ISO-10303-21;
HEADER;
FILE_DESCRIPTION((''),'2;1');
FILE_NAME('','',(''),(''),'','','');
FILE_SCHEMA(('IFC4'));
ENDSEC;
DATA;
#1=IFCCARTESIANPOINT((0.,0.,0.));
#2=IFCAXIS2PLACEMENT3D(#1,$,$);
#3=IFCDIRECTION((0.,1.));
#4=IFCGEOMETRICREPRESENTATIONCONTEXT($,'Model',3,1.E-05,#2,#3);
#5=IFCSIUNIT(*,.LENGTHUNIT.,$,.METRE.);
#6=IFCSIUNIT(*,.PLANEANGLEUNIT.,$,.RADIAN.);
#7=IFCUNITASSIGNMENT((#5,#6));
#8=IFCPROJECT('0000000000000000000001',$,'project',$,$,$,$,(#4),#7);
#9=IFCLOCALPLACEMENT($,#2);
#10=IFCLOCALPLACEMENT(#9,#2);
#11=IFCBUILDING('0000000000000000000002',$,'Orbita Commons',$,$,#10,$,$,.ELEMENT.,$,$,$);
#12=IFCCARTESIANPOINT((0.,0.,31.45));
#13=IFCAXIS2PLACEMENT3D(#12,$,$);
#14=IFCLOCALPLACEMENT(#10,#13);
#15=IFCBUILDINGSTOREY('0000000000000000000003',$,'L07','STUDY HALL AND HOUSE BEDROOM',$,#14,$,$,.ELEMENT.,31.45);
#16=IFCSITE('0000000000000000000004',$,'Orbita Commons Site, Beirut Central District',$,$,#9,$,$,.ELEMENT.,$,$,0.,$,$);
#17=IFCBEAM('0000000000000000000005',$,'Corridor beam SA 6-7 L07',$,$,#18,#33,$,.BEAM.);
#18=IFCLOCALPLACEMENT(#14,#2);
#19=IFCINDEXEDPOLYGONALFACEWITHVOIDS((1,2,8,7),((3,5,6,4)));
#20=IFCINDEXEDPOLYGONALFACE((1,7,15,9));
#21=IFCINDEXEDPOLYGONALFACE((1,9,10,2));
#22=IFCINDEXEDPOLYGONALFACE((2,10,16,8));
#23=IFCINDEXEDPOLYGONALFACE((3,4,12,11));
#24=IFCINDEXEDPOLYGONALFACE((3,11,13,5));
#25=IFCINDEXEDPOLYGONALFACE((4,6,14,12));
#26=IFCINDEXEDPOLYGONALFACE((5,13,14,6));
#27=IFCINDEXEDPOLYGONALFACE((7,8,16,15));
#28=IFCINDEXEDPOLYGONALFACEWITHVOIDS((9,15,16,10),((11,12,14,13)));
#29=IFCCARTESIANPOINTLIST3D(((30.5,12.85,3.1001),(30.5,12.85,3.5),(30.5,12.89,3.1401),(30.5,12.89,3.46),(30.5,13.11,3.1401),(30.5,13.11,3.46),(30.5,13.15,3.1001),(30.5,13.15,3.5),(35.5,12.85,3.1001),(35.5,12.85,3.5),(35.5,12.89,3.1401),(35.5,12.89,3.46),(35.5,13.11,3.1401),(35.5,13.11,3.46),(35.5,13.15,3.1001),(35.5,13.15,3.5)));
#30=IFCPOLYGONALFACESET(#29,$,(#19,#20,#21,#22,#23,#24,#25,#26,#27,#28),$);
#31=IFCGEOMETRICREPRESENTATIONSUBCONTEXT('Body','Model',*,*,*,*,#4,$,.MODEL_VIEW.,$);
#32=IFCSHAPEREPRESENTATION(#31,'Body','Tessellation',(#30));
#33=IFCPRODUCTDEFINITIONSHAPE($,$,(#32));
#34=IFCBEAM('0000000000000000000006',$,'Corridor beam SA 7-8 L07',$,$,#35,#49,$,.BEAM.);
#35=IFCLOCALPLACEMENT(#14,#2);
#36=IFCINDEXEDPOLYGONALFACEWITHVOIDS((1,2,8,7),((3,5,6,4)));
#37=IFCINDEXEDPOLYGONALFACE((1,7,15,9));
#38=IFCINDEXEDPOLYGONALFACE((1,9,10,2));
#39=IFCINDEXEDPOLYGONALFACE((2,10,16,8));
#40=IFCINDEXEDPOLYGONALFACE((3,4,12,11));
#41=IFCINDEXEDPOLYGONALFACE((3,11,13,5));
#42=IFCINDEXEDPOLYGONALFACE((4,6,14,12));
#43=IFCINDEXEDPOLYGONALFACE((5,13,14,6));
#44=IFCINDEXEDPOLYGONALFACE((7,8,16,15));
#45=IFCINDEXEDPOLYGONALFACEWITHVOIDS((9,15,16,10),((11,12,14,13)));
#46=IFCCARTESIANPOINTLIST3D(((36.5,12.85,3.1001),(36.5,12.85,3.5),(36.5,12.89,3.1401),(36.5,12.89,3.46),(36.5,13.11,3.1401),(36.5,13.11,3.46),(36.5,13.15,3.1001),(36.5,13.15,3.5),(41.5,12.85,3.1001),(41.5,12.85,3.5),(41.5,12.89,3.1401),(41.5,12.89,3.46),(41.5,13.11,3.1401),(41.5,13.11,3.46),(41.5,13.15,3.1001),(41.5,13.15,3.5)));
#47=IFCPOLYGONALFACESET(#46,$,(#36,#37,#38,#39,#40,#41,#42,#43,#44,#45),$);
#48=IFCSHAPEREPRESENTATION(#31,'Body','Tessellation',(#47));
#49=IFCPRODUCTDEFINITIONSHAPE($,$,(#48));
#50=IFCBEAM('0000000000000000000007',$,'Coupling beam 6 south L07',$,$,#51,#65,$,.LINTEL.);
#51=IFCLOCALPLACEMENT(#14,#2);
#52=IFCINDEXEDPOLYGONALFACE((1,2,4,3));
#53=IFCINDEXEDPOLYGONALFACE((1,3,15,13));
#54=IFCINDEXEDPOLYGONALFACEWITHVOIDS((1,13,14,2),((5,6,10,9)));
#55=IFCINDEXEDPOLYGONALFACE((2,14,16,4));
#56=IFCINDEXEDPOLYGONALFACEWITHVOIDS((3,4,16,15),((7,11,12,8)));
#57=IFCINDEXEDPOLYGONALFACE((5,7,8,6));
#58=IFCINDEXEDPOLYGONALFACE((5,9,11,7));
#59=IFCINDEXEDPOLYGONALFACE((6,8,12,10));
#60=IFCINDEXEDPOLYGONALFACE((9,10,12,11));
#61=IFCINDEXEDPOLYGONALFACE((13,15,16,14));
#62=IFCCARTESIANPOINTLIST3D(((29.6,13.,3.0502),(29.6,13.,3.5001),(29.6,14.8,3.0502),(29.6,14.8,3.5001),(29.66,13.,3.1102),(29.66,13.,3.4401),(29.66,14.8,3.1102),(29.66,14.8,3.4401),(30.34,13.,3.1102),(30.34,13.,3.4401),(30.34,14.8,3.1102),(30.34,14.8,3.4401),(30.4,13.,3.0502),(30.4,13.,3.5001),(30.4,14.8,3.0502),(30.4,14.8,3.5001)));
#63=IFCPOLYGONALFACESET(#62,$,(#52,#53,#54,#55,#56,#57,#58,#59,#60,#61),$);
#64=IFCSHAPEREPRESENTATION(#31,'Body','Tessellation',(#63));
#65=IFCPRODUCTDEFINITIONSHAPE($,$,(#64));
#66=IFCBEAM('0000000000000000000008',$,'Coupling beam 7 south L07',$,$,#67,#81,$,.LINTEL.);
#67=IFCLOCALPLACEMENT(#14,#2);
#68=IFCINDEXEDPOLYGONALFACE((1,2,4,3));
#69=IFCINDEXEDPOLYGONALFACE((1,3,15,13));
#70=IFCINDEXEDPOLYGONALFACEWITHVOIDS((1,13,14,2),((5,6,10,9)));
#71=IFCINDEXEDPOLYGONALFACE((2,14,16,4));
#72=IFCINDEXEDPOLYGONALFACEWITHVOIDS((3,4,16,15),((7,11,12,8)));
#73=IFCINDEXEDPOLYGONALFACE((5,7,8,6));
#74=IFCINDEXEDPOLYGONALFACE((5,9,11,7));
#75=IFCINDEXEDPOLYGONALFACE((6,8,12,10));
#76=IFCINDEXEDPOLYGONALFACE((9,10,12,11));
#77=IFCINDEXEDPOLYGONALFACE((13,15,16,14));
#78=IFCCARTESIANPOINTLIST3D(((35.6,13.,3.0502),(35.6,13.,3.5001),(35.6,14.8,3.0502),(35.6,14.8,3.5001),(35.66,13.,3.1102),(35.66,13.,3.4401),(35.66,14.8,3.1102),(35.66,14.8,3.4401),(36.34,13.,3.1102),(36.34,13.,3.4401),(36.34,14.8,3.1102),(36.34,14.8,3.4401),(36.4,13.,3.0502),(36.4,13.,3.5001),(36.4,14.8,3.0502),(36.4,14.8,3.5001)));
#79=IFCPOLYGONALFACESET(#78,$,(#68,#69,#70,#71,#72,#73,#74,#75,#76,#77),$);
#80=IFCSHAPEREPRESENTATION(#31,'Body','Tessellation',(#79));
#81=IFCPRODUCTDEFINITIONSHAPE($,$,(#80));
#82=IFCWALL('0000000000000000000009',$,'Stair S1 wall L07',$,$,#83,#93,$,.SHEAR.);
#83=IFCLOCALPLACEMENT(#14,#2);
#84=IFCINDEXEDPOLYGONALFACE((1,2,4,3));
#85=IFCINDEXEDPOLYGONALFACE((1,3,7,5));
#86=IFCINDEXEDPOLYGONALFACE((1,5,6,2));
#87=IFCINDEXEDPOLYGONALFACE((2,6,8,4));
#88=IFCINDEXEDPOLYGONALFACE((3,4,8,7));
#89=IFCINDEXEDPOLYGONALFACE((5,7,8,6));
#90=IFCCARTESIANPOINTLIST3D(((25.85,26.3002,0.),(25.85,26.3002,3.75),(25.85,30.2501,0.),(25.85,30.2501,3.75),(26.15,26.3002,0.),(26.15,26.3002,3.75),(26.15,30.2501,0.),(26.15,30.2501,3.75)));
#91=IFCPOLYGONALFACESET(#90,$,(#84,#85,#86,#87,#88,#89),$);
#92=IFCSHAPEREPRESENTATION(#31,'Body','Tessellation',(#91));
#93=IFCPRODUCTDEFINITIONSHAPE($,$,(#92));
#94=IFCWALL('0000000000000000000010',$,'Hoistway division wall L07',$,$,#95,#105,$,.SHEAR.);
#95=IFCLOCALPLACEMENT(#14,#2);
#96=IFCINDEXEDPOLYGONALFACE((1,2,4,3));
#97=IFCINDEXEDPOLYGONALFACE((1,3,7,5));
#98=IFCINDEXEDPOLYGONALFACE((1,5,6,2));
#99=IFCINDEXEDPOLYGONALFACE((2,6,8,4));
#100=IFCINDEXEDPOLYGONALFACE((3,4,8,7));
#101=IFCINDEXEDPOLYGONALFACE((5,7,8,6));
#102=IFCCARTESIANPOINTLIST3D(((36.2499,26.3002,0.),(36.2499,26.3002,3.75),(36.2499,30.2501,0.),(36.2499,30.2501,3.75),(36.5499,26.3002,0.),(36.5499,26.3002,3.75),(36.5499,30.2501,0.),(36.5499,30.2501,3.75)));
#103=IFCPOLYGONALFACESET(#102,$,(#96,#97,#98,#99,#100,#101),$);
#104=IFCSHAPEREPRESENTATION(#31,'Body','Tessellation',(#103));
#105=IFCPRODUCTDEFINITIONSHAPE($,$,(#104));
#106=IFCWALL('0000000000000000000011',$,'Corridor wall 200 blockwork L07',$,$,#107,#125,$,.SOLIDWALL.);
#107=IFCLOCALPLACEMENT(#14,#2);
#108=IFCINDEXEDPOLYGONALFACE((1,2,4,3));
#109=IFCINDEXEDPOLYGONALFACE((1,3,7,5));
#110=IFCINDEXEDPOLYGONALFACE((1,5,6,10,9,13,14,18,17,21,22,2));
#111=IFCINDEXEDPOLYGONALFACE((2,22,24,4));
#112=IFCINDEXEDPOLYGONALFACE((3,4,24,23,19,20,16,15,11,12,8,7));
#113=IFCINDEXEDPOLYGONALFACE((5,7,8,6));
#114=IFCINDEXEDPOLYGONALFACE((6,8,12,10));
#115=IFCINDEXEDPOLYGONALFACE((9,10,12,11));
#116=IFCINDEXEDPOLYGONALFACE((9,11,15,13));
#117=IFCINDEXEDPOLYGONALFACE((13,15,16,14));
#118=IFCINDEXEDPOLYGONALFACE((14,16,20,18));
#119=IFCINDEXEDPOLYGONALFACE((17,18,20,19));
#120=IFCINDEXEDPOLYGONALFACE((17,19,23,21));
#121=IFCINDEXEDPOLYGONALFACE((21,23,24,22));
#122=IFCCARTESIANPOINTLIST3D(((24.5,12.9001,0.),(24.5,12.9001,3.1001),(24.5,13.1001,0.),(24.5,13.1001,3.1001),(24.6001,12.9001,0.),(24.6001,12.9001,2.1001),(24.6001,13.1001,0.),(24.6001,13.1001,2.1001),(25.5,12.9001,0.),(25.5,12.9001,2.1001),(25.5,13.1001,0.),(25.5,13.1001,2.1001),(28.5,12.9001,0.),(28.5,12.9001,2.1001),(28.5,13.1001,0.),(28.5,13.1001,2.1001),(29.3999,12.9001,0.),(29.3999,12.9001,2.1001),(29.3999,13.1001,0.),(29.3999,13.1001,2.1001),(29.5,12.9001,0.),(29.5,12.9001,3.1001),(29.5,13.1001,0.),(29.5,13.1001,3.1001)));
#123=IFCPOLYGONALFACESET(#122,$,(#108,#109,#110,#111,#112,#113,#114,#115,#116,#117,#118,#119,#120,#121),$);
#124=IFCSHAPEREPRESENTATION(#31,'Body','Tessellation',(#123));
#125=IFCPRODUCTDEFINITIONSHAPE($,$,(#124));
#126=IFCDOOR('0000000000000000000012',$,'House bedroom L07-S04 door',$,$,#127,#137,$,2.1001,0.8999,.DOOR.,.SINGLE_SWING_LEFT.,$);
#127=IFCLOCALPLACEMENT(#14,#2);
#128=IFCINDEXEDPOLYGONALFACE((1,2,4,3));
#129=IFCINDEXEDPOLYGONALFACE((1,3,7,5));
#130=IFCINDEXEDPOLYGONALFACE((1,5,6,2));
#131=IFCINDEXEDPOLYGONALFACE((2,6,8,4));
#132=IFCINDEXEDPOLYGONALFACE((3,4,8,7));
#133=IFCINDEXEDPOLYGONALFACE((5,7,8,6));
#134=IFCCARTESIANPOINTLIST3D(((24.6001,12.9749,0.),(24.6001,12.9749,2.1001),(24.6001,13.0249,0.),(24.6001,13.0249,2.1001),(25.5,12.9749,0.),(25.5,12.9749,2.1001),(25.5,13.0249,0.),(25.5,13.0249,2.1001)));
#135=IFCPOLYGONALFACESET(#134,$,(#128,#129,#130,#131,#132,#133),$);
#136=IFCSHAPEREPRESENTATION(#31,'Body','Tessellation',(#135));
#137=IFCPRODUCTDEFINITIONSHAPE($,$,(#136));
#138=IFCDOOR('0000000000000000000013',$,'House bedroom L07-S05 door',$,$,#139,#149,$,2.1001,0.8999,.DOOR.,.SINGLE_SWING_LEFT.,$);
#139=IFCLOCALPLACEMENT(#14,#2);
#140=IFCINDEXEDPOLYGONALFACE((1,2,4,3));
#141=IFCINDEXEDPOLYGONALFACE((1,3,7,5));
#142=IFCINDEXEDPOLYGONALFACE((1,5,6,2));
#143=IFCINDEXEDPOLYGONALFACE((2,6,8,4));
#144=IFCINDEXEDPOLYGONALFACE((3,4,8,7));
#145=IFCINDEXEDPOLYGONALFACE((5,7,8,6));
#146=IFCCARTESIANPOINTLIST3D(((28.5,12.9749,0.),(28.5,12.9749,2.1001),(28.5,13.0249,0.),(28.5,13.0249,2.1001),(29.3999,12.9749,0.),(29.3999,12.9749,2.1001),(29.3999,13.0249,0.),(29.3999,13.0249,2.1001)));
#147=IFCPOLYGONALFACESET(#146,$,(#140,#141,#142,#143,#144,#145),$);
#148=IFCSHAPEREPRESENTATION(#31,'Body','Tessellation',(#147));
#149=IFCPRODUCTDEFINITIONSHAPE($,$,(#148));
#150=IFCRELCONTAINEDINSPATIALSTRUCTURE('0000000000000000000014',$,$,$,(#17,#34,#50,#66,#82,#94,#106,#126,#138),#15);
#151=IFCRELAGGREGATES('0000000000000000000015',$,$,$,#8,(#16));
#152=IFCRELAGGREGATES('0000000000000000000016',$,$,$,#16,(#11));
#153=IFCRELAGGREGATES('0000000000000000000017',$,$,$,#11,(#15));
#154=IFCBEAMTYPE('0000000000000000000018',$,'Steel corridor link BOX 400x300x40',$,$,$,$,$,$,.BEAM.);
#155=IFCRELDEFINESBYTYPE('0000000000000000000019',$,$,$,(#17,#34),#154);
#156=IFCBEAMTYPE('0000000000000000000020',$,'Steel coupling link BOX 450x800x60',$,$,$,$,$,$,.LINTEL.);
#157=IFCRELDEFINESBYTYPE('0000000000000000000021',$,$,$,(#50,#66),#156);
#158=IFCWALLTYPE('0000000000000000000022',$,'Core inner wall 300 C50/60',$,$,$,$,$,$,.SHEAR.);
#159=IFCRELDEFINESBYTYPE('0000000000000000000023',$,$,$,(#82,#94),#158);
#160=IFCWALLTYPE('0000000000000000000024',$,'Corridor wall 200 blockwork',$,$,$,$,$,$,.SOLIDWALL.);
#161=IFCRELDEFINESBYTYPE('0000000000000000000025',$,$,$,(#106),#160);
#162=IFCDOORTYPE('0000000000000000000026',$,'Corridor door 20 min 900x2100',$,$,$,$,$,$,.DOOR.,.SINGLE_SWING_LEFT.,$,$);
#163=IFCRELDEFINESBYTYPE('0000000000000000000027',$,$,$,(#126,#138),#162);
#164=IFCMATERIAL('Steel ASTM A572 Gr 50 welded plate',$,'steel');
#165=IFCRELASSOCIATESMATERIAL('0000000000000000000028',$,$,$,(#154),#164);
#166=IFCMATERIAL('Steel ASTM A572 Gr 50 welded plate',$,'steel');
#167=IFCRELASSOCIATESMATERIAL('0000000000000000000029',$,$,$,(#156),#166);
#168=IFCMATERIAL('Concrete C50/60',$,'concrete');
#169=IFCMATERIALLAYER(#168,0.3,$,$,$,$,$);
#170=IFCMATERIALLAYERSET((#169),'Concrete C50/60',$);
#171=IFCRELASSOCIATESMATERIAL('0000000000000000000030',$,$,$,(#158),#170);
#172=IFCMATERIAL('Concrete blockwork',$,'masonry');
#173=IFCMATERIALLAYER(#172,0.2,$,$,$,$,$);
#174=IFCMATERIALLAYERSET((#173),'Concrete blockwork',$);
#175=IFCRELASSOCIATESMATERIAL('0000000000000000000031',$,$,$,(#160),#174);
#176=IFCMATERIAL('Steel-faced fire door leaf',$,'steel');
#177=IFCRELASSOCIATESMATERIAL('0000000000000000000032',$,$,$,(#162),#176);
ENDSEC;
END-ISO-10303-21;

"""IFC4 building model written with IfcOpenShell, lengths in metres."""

from ifc_helpers import new_model, si_unit, direction, frame, frame_2d, origin, origin_2d, place, context, subcontext, project, spatial, polyline, rectangle, hollow_rectangle, outline, extrude, material, layer, layer_set, material_profile, profile_set, type_object, element, fill, save


model = new_model("IFC4")

# Units and contexts
model_context = context("Model", 3, precision=1e-05, world=origin(), true_north=direction((0.0, 1.0)))
body_context = subcontext(model_context, "Body", "Model", "MODEL_VIEW")
ifc_project = project(units=[si_unit("LENGTHUNIT", "METRE"), si_unit("PLANEANGLEUNIT", "RADIAN")], contexts=[model_context])

# Site, building, storey
site_placement = place(None, origin())
site = spatial("IfcSite", under=ifc_project, at=site_placement, Name="Orbita Commons Site, Beirut Central District", CompositionType="ELEMENT", RefElevation=0.0)
building_placement = place(site_placement, origin())
building = spatial("IfcBuilding", under=site, at=building_placement, Name="Orbita Commons", CompositionType="ELEMENT")
storey_placement = place(building_placement, frame((0.0, 0.0, 31.45)))
storey = spatial("IfcBuildingStorey", under=building, at=storey_placement, Name="L07", Description="STUDY HALL AND HOUSE BEDROOM", CompositionType="ELEMENT", Elevation=31.45)

# Beams
ifc_material_1 = material(Name="Steel ASTM A572 Gr 50 welded plate", Category="steel")
ifc_material_profile_1 = material_profile(ifc_material_1, hollow_rectangle(XDim=0.3, YDim=0.3999, WallThickness=0.04, at=origin_2d()), Name="BOX 400x300x40")
ifc_profile_set_1 = profile_set([ifc_material_profile_1], Name="Steel ASTM A572 Gr 50 welded plate")
beam_type_1 = type_object("IfcBeamType", Name="Steel corridor link BOX 400x300x40", PredefinedType="BEAM", material=ifc_profile_set_1)
for number, where, z_axis, x_axis, name in (
    (1, (30.5, 13.0, 3.3), (1.0, 0.0, 0.0), (0.0, 1.0, 0.0), "Corridor beam SA 6-7 L07"),
    (2, (36.5, 13.0, 3.3), (1.0, 0.0, 0.0), (0.0, 1.0, 0.0), "Corridor beam SA 7-8 L07"),
):
    element("IfcBeam", number, at=place(storey_placement, frame(where, z_axis=z_axis, x_axis=x_axis)), inside=storey, type_object=beam_type_1, Name=name, PredefinedType="BEAM", context=body_context, shape_type="SweptSolid", body=[
        extrude(hollow_rectangle(XDim=0.3, YDim=0.3999, WallThickness=0.04, at=origin_2d()), origin(), (0.0, 0.0, 1.0), 5.0),
    ])
ifc_material_2 = material(Name="Steel ASTM A572 Gr 50 welded plate", Category="steel")
ifc_material_profile_2 = material_profile(ifc_material_2, hollow_rectangle(XDim=0.8, YDim=0.45, WallThickness=0.0601, at=origin_2d()), Name="BOX 450x800x60")
ifc_profile_set_2 = profile_set([ifc_material_profile_2], Name="Steel ASTM A572 Gr 50 welded plate")
beam_type_2 = type_object("IfcBeamType", Name="Steel coupling link BOX 450x800x60", PredefinedType="LINTEL", material=ifc_profile_set_2)
for number, where, z_axis, x_axis, name in (
    (3, (30.0, 13.0, 3.2751), (0.0, 1.0, 0.0), (-1.0, 0.0, 0.0), "Coupling beam 6 south L07"),
    (4, (36.0, 13.0, 3.2751), (0.0, 1.0, 0.0), (-1.0, 0.0, 0.0), "Coupling beam 7 south L07"),
):
    element("IfcBeam", number, at=place(storey_placement, frame(where, z_axis=z_axis, x_axis=x_axis)), inside=storey, type_object=beam_type_2, Name=name, PredefinedType="LINTEL", context=body_context, shape_type="SweptSolid", body=[
        extrude(hollow_rectangle(XDim=0.8, YDim=0.45, WallThickness=0.0601, at=origin_2d()), origin(), (0.0, 0.0, 1.0), 1.8),
    ])

# Walls
ifc_material_3 = material(Name="Concrete C50/60", Category="concrete")
ifc_layer_1 = layer(ifc_material_3, 0.3)
ifc_layer_set_1 = layer_set([ifc_layer_1], Name="Concrete C50/60")
wall_type_1 = type_object("IfcWallType", Name="Core inner wall 300 C50/60", PredefinedType="SHEAR", material=ifc_layer_set_1)
for number, where, z_axis, x_axis, name in (
    (5, (26.0, 26.3, 0.0), (0.0, 0.0, 1.0), (0.0, 1.0, 0.0), "Stair S1 wall L07"),
    (6, (36.3999, 26.3, 0.0), (0.0, 0.0, 1.0), (0.0, 1.0, 0.0), "Hoistway division wall L07"),
):
    element("IfcWall", number, at=place(storey_placement, frame(where, z_axis=z_axis, x_axis=x_axis)), inside=storey, type_object=wall_type_1, Name=name, PredefinedType="SHEAR", context=body_context, shape_type="SweptSolid", body=[
        extrude(rectangle(XDim=3.95, YDim=0.3, at=frame_2d((1.9751, 0.0))), origin(), (0.0, 0.0, 1.0), 3.75),
    ])

# Wall, openings, doors
ifc_material_4 = material(Name="Concrete blockwork", Category="masonry")
ifc_layer_2 = layer(ifc_material_4, 0.2)
ifc_layer_set_2 = layer_set([ifc_layer_2], Name="Concrete blockwork")
wall_type_2 = type_object("IfcWallType", Name="Corridor wall 200 blockwork", PredefinedType="SOLIDWALL", material=ifc_layer_set_2)
wall_1_placement = place(storey_placement, frame((24.5, 13.0, 0.0), z_axis=(0.0, 0.0, 1.0), x_axis=(1.0, 0.0, 0.0)))
wall_1 = element("IfcWall", 7, at=wall_1_placement, inside=storey, type_object=wall_type_2, Name="Corridor wall 200 blockwork L07", PredefinedType="SOLIDWALL", context=body_context, shape_type="SweptSolid", body=[
    extrude(outline(polyline([(0.0, 0.0), (5.0, 0.0), (5.0, 3.1001), (0.0, 3.1001), (0.0, 0.0)])), frame((0.0, 0.1001, 0.0), z_axis=(0.0, -1.0, 0.0), x_axis=(1.0, 0.0, 0.0)), (0.0, 0.0, 1.0), 0.2),
])
opening_1_placement = place(wall_1_placement, frame((0.1001, 0.0, 0.0)))
opening_1 = element("IfcOpeningElement", 8, at=opening_1_placement, cuts=wall_1, PredefinedType="OPENING", context=body_context, shape_type="SweptSolid", body=[
    extrude(rectangle(XDim=0.8999, YDim=2.1001, at=frame_2d((0.45, 1.05))), frame((0.0, 0.1099, 0.0), z_axis=(0.0, -1.0, 0.0), x_axis=(1.0, 0.0, 0.0)), (0.0, 0.0, 1.0), 0.22),
])
opening_2_placement = place(wall_1_placement, frame((4.0, 0.0, 0.0)))
opening_2 = element("IfcOpeningElement", 9, at=opening_2_placement, cuts=wall_1, PredefinedType="OPENING", context=body_context, shape_type="SweptSolid", body=[
    extrude(rectangle(XDim=0.8999, YDim=2.1001, at=frame_2d((0.45, 1.05))), frame((0.0, 0.1099, 0.0), z_axis=(0.0, -1.0, 0.0), x_axis=(1.0, 0.0, 0.0)), (0.0, 0.0, 1.0), 0.22),
])
ifc_material_5 = material(Name="Steel-faced fire door leaf", Category="steel")
door_type_1 = type_object("IfcDoorType", Name="Corridor door 20 min 900x2100", OperationType="SINGLE_SWING_LEFT", PredefinedType="DOOR", material=ifc_material_5)
door_1_placement = place(opening_1_placement, origin())
door_1 = element("IfcDoor", 10, at=door_1_placement, inside=storey, type_object=door_type_1, Name="House bedroom L07-S04 door", OperationType="SINGLE_SWING_LEFT", OverallHeight=2.1001, OverallWidth=0.8999, PredefinedType="DOOR", context=body_context, shape_type="SweptSolid", body=[
    extrude(rectangle(XDim=0.8999, YDim=2.1001, at=frame_2d((0.45, 1.05))), frame((0.0, 0.0249, 0.0), z_axis=(0.0, -1.0, 0.0), x_axis=(1.0, 0.0, 0.0)), (0.0, 0.0, 1.0), 0.05),
])
fill(opening_1, door_1)
door_2_placement = place(opening_2_placement, origin())
door_2 = element("IfcDoor", 11, at=door_2_placement, inside=storey, type_object=door_type_1, Name="House bedroom L07-S05 door", OperationType="SINGLE_SWING_LEFT", OverallHeight=2.1001, OverallWidth=0.8999, PredefinedType="DOOR", context=body_context, shape_type="SweptSolid", body=[
    extrude(rectangle(XDim=0.8999, YDim=2.1001, at=frame_2d((0.45, 1.05))), frame((0.0, 0.0249, 0.0), z_axis=(0.0, -1.0, 0.0), x_axis=(1.0, 0.0, 0.0)), (0.0, 0.0, 1.0), 0.05),
])
fill(opening_2, door_2)

save(model, "model.ifc")
